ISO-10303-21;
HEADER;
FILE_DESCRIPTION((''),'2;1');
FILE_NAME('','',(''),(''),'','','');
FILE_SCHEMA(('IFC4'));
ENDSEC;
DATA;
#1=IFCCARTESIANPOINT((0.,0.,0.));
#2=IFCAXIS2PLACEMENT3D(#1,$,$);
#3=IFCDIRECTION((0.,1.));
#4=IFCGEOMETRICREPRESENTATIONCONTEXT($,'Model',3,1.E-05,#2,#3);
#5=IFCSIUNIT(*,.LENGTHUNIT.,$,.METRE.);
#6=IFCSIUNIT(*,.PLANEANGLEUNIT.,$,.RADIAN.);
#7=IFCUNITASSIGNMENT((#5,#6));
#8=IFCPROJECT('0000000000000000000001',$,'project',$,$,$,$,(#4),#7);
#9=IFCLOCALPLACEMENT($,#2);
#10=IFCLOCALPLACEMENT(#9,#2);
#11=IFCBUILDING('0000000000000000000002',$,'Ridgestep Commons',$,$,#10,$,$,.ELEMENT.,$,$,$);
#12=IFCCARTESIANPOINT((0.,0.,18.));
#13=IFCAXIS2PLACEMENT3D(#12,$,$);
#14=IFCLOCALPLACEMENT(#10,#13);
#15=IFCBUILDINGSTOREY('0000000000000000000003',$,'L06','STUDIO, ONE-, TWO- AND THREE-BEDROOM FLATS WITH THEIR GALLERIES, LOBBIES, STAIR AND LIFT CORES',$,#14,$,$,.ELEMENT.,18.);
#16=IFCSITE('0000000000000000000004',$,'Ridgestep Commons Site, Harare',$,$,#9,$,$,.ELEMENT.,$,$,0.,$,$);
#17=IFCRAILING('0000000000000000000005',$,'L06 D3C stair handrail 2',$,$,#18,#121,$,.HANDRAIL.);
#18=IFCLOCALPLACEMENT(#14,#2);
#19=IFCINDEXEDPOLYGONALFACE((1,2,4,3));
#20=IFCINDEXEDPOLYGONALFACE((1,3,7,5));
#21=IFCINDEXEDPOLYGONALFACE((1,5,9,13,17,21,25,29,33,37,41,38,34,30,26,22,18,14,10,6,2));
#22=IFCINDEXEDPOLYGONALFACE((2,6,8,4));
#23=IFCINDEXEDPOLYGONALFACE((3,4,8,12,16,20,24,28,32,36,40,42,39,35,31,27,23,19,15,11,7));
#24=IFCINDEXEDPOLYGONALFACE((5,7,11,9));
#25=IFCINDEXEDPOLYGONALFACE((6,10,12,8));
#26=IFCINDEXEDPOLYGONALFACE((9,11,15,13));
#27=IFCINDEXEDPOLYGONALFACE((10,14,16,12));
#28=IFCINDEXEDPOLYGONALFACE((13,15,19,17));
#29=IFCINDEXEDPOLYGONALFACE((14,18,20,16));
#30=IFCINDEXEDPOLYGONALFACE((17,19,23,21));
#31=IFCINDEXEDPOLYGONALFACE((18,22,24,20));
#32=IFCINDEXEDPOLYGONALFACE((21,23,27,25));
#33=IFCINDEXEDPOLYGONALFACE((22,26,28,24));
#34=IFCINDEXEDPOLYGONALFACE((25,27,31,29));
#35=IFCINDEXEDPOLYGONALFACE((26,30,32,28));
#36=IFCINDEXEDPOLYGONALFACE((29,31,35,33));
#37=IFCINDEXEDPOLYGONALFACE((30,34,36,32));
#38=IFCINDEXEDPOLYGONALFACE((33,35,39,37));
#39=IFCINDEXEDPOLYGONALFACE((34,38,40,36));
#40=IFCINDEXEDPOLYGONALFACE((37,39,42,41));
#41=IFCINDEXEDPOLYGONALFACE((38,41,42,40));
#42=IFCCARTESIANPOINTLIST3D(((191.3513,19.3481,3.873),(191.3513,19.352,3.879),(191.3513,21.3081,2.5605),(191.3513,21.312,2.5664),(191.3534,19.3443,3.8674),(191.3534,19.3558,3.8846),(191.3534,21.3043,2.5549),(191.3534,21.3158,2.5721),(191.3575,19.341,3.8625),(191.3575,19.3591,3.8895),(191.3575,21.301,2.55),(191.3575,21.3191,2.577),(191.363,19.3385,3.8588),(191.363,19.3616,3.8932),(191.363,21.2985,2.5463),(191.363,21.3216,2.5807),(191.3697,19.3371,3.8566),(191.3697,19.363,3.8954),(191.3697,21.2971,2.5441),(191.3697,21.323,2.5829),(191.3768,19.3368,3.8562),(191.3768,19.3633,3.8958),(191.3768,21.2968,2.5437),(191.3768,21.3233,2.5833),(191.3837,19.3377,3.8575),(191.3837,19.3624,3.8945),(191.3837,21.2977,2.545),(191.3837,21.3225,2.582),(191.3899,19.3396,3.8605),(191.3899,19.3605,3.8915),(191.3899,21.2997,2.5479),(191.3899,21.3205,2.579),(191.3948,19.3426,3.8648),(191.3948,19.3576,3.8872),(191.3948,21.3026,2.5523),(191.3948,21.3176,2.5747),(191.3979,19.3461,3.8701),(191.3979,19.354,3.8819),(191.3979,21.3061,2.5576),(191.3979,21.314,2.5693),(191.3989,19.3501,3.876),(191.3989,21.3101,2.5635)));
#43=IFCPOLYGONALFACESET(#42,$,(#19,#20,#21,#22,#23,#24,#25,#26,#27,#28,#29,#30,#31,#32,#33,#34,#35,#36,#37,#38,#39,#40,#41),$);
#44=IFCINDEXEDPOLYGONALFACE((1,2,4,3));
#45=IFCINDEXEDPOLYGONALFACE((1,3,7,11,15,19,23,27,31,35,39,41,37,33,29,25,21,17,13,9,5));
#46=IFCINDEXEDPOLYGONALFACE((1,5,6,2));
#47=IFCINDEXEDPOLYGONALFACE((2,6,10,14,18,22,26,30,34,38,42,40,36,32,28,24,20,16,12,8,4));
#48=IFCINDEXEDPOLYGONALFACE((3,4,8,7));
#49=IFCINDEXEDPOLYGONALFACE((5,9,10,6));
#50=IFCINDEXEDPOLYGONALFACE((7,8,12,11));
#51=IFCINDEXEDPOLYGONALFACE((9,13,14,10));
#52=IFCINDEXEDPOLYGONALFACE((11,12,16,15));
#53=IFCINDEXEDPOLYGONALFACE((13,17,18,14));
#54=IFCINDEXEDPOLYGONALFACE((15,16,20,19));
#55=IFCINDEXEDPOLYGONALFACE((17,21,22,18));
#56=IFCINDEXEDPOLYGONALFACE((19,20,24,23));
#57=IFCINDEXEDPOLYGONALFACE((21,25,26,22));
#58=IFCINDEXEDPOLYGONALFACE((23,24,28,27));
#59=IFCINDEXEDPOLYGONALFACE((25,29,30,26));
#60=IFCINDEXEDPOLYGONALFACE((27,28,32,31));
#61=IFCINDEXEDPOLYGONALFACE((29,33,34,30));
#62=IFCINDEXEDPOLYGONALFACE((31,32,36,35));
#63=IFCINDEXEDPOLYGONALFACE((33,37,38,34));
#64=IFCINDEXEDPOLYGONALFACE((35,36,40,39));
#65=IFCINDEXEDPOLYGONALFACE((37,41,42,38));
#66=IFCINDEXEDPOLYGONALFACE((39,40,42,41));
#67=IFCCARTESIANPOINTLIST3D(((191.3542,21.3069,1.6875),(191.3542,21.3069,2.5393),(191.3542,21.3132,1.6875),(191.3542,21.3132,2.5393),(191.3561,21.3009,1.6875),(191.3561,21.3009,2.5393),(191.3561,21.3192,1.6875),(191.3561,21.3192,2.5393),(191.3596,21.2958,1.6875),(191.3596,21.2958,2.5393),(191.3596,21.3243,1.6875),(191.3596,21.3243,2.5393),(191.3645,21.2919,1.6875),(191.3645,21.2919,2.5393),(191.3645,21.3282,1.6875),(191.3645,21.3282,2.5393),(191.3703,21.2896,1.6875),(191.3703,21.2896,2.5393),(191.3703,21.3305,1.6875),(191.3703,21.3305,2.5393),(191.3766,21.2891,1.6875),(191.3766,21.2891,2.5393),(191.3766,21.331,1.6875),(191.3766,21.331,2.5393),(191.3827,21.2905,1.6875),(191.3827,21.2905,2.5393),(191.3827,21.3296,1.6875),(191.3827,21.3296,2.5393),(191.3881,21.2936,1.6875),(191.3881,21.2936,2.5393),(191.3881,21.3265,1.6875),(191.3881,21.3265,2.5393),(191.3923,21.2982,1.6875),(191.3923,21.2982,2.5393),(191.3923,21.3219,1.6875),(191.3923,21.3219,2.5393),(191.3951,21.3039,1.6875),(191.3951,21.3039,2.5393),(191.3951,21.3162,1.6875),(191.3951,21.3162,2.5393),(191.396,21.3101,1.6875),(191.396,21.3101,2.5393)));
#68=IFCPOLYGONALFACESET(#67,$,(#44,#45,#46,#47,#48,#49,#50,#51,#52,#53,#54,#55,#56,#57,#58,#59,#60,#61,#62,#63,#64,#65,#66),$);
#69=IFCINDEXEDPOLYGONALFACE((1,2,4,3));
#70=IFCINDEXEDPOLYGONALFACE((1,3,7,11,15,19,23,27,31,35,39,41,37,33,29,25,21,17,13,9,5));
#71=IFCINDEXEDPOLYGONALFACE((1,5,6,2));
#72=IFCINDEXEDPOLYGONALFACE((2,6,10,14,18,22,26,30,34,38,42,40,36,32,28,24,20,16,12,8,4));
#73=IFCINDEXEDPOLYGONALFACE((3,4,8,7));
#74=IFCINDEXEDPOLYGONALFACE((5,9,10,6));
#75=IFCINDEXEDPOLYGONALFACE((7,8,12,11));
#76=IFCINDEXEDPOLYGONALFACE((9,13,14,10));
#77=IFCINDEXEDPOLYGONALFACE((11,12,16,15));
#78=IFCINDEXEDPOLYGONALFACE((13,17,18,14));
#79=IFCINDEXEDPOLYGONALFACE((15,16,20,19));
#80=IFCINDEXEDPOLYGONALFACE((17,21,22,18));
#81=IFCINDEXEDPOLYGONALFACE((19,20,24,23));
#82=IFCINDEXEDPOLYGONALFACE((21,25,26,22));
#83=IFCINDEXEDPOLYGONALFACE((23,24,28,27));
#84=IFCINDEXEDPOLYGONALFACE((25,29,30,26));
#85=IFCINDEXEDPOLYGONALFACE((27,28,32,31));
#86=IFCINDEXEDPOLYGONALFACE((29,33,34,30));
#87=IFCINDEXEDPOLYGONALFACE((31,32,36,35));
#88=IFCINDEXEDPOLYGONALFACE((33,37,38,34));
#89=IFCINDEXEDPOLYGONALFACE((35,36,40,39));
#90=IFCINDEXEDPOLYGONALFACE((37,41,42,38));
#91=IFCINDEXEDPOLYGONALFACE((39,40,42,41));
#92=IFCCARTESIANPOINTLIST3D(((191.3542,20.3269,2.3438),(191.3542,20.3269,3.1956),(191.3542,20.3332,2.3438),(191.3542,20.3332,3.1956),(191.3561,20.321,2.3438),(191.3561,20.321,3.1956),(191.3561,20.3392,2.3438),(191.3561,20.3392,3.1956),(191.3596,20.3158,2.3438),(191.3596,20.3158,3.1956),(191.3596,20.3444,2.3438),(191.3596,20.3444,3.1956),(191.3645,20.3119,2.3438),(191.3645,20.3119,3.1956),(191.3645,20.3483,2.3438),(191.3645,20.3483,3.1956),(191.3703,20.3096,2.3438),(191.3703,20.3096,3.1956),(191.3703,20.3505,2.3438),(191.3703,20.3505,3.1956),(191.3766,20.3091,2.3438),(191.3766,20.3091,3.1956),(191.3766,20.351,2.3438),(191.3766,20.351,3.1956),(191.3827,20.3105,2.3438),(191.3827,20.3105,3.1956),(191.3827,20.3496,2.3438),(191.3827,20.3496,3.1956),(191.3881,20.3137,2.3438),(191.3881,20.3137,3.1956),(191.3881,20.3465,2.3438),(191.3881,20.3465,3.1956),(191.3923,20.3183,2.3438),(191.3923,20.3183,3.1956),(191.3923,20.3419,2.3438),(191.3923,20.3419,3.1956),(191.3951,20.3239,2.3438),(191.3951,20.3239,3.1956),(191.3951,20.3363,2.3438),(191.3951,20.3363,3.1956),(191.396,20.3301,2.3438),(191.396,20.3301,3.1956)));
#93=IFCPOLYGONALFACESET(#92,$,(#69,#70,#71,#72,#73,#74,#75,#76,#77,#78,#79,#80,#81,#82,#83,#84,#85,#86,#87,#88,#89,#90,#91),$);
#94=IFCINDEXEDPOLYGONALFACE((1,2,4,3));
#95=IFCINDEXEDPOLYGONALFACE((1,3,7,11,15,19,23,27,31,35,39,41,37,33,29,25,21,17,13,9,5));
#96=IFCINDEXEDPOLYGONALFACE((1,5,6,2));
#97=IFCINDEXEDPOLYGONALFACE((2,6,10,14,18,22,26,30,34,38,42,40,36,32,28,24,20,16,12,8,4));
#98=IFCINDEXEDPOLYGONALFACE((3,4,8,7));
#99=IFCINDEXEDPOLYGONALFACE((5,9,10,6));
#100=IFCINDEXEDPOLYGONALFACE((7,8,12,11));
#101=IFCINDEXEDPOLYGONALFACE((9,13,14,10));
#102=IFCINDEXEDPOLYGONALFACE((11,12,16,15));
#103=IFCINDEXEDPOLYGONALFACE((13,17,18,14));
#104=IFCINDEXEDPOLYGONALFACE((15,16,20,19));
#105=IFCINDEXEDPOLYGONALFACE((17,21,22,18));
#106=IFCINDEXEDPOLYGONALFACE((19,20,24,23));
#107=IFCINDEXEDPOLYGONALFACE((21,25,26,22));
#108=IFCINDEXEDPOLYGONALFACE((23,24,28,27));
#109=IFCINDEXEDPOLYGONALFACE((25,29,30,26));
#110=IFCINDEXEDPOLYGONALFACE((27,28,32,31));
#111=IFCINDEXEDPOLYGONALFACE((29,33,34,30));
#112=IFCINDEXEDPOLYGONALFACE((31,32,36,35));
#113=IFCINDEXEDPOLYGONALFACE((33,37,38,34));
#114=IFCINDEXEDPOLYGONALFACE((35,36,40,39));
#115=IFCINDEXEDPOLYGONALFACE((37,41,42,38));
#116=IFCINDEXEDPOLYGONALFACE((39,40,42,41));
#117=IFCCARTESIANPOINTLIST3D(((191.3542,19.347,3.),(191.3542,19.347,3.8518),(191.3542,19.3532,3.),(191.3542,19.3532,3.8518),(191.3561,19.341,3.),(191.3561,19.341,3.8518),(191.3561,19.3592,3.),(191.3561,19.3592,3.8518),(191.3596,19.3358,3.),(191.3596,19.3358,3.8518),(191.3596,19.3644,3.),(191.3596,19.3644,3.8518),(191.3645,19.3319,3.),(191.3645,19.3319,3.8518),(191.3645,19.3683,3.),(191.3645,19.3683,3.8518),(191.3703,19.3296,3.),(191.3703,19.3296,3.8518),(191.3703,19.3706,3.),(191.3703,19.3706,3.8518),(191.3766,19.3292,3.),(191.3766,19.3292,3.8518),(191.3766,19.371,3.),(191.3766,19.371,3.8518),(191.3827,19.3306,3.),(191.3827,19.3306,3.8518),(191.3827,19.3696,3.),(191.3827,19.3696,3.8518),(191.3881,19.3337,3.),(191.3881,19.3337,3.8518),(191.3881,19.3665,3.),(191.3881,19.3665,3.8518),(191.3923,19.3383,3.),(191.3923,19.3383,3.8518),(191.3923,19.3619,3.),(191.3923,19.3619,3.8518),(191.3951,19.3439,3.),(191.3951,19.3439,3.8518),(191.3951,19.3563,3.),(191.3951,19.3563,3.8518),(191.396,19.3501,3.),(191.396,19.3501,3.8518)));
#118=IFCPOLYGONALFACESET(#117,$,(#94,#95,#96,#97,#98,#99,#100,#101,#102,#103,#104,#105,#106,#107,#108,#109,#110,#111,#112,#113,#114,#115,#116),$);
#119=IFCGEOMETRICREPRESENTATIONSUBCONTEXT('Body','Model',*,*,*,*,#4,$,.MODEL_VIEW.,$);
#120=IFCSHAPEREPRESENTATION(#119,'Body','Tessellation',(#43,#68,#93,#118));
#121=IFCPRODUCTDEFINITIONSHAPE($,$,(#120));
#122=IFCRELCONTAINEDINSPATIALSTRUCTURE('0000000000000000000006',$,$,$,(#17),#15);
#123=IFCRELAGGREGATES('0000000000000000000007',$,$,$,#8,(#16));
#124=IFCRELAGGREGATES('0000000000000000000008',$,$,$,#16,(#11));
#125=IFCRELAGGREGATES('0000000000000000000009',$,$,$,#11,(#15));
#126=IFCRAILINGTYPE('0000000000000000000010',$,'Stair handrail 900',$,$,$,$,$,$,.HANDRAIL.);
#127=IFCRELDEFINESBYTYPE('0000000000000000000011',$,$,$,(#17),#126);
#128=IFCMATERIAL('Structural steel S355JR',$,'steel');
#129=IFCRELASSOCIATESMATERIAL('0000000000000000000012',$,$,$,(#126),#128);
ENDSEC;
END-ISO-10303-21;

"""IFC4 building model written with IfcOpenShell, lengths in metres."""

from ifc_helpers import new_model, si_unit, direction, frame, origin, origin_2d, place, context, subcontext, project, spatial, circle, extrude, material, type_object, element, save


model = new_model("IFC4")

# Units and contexts
model_context = context("Model", 3, precision=1e-05, world=origin(), true_north=direction((0.0, 1.0)))
body_context = subcontext(model_context, "Body", "Model", "MODEL_VIEW")
ifc_project = project(units=[si_unit("LENGTHUNIT", "METRE"), si_unit("PLANEANGLEUNIT", "RADIAN")], contexts=[model_context])

# Site, building, storey
site_placement = place(None, origin())
site = spatial("IfcSite", under=ifc_project, at=site_placement, Name="Ridgestep Commons Site, Harare", CompositionType="ELEMENT", RefElevation=0.0)
building_placement = place(site_placement, origin())
building = spatial("IfcBuilding", under=site, at=building_placement, Name="Ridgestep Commons", CompositionType="ELEMENT")
storey_placement = place(building_placement, frame((0.0, 0.0, 18.0)))
storey = spatial("IfcBuildingStorey", under=building, at=storey_placement, Name="L06", Description="STUDIO, ONE-, TWO- AND THREE-BEDROOM FLATS WITH THEIR GALLERIES, LOBBIES, STAIR AND LIFT CORES", CompositionType="ELEMENT", Elevation=18.0)

# Railing
ifc_material_1 = material(Name="Structural steel S355JR", Category="steel")
railing_type_1 = type_object("IfcRailingType", Name="Stair handrail 900", PredefinedType="HANDRAIL", material=ifc_material_1)
railing_1_placement = place(storey_placement, frame((191.375, 21.3101, 1.6875)))
element("IfcRailing", 1, at=railing_1_placement, inside=storey, type_object=railing_type_1, Name="L06 D3C stair handrail 2", PredefinedType="HANDRAIL", context=body_context, shape_type="SweptSolid", body=[
    extrude(circle(Radius=0.0239, at=origin_2d()), frame((0.0, 0.0, 0.876), z_axis=(0.0, -0.830902, 0.556419), x_axis=(1.0, 0.0, 0.0)), (0.0, 0.0, 1.0), 2.3589),
    extrude(circle(Radius=0.021, at=origin_2d()), origin(), (0.0, 0.0, 1.0), 0.8518),
    extrude(circle(Radius=0.021, at=origin_2d()), frame((0.0, -0.98, 0.6562)), (0.0, 0.0, 1.0), 0.8518),
    extrude(circle(Radius=0.021, at=origin_2d()), frame((0.0, -1.96, 1.3125)), (0.0, 0.0, 1.0), 0.8518),
])

save(model, "model.ifc")
